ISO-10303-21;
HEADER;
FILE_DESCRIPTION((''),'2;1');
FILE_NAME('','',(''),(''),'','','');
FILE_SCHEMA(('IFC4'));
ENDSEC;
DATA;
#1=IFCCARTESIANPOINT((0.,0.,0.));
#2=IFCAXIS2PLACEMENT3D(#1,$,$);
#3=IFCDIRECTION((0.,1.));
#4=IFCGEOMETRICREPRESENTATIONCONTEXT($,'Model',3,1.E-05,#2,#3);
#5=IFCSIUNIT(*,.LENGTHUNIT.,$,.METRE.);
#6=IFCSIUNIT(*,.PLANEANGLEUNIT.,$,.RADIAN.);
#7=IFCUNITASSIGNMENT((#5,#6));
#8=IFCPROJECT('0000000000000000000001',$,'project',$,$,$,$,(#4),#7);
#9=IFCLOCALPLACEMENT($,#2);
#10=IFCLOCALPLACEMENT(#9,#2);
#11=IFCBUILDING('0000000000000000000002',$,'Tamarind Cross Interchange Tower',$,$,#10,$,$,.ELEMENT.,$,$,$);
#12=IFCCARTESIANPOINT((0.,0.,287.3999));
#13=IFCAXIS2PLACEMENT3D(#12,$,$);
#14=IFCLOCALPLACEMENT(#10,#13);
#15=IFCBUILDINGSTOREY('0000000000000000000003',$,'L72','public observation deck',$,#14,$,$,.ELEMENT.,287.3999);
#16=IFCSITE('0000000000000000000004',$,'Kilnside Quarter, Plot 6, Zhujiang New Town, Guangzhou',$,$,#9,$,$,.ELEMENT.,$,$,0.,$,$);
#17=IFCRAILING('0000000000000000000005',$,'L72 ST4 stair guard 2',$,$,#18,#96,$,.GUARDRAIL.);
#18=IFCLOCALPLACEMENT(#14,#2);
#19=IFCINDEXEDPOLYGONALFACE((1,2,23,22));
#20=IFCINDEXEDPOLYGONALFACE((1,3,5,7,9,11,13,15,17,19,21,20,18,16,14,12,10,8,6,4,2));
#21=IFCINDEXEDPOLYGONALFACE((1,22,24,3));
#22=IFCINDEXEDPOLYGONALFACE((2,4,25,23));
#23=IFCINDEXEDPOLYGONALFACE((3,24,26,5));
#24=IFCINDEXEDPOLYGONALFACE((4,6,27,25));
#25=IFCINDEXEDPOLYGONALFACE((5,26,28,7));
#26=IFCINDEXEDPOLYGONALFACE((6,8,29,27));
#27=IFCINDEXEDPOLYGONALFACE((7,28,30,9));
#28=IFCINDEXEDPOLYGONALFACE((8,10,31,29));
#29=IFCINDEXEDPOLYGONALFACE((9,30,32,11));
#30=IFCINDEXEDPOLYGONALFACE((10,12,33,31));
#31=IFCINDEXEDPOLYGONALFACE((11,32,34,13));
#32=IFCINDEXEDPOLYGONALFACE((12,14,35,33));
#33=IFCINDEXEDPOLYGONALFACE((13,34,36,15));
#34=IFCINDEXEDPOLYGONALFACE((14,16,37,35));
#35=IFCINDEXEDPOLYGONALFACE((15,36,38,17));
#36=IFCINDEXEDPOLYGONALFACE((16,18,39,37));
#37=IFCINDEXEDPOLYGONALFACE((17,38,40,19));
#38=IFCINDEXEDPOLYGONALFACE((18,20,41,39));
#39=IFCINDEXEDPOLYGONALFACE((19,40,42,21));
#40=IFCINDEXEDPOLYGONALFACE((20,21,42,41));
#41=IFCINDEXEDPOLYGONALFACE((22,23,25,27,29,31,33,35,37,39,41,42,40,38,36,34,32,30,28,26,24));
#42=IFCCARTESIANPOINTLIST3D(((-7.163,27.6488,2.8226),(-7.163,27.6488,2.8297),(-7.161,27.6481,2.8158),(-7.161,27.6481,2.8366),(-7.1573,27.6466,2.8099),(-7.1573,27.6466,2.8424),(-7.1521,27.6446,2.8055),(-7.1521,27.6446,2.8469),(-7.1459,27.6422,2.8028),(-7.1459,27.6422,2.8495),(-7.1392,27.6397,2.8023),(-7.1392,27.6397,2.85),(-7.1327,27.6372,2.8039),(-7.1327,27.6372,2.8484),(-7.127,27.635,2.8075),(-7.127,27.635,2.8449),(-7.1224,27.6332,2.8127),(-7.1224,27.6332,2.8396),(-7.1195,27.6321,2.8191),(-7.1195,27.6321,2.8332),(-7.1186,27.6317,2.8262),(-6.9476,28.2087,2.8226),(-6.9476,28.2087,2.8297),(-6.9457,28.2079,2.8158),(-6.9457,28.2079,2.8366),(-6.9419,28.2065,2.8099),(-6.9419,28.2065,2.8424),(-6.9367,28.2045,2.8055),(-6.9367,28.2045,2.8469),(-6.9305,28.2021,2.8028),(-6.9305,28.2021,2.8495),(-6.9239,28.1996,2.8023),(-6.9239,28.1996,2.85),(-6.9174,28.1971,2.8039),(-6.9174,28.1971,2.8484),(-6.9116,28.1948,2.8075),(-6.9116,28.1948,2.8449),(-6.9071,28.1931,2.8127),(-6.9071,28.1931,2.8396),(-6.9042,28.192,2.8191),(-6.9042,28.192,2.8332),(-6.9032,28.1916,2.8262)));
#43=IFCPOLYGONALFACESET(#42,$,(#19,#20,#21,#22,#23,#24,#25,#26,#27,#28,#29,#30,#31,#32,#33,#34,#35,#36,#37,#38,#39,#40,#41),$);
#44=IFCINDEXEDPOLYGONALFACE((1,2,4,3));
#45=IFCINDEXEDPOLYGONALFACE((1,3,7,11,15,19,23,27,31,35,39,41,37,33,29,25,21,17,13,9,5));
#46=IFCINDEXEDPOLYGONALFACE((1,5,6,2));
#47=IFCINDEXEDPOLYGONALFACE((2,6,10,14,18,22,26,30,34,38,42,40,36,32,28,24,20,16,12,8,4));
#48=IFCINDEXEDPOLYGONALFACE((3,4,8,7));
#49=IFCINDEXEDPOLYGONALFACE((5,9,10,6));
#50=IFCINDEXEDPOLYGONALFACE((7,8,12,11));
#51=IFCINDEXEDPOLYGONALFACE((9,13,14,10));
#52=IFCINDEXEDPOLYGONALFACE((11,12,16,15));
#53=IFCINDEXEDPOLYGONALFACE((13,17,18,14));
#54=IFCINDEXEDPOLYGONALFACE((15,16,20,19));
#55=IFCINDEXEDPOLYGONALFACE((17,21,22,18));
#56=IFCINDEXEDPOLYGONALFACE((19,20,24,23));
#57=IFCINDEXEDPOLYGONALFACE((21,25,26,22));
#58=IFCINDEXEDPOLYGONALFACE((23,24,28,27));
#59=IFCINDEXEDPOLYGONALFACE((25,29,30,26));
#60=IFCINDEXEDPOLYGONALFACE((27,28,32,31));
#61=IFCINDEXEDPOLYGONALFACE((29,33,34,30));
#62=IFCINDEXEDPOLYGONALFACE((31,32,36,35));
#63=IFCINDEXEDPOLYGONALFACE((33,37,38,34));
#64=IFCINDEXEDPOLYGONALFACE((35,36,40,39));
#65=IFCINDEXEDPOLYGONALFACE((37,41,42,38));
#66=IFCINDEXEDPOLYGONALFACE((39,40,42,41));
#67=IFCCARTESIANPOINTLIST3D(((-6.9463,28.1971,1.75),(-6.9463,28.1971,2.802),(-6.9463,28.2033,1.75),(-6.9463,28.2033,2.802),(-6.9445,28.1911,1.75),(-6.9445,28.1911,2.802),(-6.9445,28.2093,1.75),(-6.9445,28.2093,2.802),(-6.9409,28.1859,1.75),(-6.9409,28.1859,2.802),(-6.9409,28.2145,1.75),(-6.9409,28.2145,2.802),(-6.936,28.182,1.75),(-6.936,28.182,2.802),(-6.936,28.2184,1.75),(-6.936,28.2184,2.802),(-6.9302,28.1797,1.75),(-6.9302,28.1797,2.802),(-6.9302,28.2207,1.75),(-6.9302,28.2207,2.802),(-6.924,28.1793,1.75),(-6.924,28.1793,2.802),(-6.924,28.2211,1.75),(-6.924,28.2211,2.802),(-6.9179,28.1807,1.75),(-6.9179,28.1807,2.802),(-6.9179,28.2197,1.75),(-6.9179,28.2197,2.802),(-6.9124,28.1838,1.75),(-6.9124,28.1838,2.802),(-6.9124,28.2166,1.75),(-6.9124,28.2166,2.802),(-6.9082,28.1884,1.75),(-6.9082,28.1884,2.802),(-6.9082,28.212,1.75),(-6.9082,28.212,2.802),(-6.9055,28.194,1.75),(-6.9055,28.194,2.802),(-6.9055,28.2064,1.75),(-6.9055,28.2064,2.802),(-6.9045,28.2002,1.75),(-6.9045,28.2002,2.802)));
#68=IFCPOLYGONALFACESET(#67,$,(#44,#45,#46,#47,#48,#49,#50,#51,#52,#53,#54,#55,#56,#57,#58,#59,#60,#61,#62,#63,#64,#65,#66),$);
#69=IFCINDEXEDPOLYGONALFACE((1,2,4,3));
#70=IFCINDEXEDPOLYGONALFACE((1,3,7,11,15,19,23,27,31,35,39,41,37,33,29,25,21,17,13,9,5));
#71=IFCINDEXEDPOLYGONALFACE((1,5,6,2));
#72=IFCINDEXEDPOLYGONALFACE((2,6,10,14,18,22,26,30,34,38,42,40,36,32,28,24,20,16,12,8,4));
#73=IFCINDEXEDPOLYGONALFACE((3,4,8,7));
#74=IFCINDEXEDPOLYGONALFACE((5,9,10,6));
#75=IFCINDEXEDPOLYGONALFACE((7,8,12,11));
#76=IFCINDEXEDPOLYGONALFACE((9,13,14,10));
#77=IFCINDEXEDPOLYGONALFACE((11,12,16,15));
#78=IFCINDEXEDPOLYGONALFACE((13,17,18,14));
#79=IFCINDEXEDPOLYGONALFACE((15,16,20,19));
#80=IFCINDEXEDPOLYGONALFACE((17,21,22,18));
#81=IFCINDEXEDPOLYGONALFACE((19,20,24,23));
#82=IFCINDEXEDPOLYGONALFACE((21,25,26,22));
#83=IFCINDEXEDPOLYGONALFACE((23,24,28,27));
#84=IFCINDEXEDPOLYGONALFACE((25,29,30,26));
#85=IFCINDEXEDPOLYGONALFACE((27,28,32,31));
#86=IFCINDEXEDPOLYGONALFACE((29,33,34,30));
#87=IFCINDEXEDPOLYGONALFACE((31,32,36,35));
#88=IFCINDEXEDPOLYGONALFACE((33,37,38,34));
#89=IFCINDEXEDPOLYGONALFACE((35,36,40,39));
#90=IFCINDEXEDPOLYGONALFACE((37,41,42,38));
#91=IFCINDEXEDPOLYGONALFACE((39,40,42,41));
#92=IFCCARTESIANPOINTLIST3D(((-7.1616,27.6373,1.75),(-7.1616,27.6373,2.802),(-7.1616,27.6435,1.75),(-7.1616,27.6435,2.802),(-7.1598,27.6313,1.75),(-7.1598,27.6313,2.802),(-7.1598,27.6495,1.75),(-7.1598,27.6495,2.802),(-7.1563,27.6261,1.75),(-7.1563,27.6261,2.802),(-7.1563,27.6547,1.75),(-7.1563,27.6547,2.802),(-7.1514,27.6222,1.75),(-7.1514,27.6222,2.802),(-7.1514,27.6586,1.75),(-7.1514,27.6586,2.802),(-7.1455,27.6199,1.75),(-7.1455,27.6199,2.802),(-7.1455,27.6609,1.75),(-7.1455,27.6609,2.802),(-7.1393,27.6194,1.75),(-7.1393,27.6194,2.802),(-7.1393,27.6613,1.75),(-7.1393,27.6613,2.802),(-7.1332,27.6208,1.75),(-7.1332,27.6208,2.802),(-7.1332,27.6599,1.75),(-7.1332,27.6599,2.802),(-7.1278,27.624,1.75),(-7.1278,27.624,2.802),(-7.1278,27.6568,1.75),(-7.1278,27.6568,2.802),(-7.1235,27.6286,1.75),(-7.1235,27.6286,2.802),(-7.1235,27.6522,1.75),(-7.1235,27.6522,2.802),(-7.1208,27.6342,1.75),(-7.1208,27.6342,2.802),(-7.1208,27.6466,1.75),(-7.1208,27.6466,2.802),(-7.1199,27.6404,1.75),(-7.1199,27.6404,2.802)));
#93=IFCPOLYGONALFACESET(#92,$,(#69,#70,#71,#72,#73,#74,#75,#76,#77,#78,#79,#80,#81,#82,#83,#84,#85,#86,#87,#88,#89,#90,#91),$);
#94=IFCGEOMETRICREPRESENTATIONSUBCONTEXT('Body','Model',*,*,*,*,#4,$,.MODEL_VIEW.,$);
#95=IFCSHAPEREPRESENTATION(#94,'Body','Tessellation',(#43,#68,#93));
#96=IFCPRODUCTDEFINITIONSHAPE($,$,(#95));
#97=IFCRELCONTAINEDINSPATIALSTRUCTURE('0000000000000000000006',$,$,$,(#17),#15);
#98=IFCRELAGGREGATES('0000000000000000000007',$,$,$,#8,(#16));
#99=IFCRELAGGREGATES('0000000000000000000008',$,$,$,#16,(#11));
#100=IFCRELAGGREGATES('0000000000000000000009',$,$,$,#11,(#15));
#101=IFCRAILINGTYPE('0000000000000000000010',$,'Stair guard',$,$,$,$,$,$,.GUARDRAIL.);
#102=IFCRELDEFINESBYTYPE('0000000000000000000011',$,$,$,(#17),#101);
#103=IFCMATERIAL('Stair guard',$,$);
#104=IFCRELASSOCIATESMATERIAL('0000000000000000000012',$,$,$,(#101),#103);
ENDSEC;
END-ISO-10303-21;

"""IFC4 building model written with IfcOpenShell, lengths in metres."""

from ifc_helpers import new_model, si_unit, direction, frame, origin, origin_2d, place, context, subcontext, project, spatial, circle, extrude, material, type_object, element, save


model = new_model("IFC4")

# Units and contexts
model_context = context("Model", 3, precision=1e-05, world=origin(), true_north=direction((0.0, 1.0)))
body_context = subcontext(model_context, "Body", "Model", "MODEL_VIEW")
ifc_project = project(units=[si_unit("LENGTHUNIT", "METRE"), si_unit("PLANEANGLEUNIT", "RADIAN")], contexts=[model_context])

# Site, building, storey
site_placement = place(None, origin())
site = spatial("IfcSite", under=ifc_project, at=site_placement, Name="Kilnside Quarter, Plot 6, Zhujiang New Town, Guangzhou", CompositionType="ELEMENT", RefElevation=0.0)
building_placement = place(site_placement, origin())
building = spatial("IfcBuilding", under=site, at=building_placement, Name="Tamarind Cross Interchange Tower", CompositionType="ELEMENT")
storey_placement = place(building_placement, frame((0.0, 0.0, 287.3999)))
storey = spatial("IfcBuildingStorey", under=building, at=storey_placement, Name="L72", Description="public observation deck", CompositionType="ELEMENT", Elevation=287.3999)

# Railing
ifc_material_1 = material(Name="Stair guard")
railing_type_1 = type_object("IfcRailingType", Name="Stair guard", PredefinedType="GUARDRAIL", material=ifc_material_1)
railing_1_placement = place(storey_placement, frame((-6.9255, 28.2002, 1.75)))
element("IfcRailing", 1, at=railing_1_placement, inside=storey, type_object=railing_type_1, Name="L72 ST4 stair guard 2", PredefinedType="GUARDRAIL", context=body_context, shape_type="SweptSolid", body=[
    extrude(circle(Radius=0.0239, at=origin_2d()), frame((0.0, 0.0, 1.0762), z_axis=(-0.359006, -0.933335, 0.0), x_axis=(0.933335, -0.359006, 0.0)), (0.0, 0.0, 1.0), 0.5999),
    extrude(circle(Radius=0.021, at=origin_2d()), origin(), (0.0, 0.0, 1.0), 1.052),
    extrude(circle(Radius=0.021, at=origin_2d()), frame((-0.2153, -0.5598, 0.0)), (0.0, 0.0, 1.0), 1.052),
])

save(model, "model.ifc")
